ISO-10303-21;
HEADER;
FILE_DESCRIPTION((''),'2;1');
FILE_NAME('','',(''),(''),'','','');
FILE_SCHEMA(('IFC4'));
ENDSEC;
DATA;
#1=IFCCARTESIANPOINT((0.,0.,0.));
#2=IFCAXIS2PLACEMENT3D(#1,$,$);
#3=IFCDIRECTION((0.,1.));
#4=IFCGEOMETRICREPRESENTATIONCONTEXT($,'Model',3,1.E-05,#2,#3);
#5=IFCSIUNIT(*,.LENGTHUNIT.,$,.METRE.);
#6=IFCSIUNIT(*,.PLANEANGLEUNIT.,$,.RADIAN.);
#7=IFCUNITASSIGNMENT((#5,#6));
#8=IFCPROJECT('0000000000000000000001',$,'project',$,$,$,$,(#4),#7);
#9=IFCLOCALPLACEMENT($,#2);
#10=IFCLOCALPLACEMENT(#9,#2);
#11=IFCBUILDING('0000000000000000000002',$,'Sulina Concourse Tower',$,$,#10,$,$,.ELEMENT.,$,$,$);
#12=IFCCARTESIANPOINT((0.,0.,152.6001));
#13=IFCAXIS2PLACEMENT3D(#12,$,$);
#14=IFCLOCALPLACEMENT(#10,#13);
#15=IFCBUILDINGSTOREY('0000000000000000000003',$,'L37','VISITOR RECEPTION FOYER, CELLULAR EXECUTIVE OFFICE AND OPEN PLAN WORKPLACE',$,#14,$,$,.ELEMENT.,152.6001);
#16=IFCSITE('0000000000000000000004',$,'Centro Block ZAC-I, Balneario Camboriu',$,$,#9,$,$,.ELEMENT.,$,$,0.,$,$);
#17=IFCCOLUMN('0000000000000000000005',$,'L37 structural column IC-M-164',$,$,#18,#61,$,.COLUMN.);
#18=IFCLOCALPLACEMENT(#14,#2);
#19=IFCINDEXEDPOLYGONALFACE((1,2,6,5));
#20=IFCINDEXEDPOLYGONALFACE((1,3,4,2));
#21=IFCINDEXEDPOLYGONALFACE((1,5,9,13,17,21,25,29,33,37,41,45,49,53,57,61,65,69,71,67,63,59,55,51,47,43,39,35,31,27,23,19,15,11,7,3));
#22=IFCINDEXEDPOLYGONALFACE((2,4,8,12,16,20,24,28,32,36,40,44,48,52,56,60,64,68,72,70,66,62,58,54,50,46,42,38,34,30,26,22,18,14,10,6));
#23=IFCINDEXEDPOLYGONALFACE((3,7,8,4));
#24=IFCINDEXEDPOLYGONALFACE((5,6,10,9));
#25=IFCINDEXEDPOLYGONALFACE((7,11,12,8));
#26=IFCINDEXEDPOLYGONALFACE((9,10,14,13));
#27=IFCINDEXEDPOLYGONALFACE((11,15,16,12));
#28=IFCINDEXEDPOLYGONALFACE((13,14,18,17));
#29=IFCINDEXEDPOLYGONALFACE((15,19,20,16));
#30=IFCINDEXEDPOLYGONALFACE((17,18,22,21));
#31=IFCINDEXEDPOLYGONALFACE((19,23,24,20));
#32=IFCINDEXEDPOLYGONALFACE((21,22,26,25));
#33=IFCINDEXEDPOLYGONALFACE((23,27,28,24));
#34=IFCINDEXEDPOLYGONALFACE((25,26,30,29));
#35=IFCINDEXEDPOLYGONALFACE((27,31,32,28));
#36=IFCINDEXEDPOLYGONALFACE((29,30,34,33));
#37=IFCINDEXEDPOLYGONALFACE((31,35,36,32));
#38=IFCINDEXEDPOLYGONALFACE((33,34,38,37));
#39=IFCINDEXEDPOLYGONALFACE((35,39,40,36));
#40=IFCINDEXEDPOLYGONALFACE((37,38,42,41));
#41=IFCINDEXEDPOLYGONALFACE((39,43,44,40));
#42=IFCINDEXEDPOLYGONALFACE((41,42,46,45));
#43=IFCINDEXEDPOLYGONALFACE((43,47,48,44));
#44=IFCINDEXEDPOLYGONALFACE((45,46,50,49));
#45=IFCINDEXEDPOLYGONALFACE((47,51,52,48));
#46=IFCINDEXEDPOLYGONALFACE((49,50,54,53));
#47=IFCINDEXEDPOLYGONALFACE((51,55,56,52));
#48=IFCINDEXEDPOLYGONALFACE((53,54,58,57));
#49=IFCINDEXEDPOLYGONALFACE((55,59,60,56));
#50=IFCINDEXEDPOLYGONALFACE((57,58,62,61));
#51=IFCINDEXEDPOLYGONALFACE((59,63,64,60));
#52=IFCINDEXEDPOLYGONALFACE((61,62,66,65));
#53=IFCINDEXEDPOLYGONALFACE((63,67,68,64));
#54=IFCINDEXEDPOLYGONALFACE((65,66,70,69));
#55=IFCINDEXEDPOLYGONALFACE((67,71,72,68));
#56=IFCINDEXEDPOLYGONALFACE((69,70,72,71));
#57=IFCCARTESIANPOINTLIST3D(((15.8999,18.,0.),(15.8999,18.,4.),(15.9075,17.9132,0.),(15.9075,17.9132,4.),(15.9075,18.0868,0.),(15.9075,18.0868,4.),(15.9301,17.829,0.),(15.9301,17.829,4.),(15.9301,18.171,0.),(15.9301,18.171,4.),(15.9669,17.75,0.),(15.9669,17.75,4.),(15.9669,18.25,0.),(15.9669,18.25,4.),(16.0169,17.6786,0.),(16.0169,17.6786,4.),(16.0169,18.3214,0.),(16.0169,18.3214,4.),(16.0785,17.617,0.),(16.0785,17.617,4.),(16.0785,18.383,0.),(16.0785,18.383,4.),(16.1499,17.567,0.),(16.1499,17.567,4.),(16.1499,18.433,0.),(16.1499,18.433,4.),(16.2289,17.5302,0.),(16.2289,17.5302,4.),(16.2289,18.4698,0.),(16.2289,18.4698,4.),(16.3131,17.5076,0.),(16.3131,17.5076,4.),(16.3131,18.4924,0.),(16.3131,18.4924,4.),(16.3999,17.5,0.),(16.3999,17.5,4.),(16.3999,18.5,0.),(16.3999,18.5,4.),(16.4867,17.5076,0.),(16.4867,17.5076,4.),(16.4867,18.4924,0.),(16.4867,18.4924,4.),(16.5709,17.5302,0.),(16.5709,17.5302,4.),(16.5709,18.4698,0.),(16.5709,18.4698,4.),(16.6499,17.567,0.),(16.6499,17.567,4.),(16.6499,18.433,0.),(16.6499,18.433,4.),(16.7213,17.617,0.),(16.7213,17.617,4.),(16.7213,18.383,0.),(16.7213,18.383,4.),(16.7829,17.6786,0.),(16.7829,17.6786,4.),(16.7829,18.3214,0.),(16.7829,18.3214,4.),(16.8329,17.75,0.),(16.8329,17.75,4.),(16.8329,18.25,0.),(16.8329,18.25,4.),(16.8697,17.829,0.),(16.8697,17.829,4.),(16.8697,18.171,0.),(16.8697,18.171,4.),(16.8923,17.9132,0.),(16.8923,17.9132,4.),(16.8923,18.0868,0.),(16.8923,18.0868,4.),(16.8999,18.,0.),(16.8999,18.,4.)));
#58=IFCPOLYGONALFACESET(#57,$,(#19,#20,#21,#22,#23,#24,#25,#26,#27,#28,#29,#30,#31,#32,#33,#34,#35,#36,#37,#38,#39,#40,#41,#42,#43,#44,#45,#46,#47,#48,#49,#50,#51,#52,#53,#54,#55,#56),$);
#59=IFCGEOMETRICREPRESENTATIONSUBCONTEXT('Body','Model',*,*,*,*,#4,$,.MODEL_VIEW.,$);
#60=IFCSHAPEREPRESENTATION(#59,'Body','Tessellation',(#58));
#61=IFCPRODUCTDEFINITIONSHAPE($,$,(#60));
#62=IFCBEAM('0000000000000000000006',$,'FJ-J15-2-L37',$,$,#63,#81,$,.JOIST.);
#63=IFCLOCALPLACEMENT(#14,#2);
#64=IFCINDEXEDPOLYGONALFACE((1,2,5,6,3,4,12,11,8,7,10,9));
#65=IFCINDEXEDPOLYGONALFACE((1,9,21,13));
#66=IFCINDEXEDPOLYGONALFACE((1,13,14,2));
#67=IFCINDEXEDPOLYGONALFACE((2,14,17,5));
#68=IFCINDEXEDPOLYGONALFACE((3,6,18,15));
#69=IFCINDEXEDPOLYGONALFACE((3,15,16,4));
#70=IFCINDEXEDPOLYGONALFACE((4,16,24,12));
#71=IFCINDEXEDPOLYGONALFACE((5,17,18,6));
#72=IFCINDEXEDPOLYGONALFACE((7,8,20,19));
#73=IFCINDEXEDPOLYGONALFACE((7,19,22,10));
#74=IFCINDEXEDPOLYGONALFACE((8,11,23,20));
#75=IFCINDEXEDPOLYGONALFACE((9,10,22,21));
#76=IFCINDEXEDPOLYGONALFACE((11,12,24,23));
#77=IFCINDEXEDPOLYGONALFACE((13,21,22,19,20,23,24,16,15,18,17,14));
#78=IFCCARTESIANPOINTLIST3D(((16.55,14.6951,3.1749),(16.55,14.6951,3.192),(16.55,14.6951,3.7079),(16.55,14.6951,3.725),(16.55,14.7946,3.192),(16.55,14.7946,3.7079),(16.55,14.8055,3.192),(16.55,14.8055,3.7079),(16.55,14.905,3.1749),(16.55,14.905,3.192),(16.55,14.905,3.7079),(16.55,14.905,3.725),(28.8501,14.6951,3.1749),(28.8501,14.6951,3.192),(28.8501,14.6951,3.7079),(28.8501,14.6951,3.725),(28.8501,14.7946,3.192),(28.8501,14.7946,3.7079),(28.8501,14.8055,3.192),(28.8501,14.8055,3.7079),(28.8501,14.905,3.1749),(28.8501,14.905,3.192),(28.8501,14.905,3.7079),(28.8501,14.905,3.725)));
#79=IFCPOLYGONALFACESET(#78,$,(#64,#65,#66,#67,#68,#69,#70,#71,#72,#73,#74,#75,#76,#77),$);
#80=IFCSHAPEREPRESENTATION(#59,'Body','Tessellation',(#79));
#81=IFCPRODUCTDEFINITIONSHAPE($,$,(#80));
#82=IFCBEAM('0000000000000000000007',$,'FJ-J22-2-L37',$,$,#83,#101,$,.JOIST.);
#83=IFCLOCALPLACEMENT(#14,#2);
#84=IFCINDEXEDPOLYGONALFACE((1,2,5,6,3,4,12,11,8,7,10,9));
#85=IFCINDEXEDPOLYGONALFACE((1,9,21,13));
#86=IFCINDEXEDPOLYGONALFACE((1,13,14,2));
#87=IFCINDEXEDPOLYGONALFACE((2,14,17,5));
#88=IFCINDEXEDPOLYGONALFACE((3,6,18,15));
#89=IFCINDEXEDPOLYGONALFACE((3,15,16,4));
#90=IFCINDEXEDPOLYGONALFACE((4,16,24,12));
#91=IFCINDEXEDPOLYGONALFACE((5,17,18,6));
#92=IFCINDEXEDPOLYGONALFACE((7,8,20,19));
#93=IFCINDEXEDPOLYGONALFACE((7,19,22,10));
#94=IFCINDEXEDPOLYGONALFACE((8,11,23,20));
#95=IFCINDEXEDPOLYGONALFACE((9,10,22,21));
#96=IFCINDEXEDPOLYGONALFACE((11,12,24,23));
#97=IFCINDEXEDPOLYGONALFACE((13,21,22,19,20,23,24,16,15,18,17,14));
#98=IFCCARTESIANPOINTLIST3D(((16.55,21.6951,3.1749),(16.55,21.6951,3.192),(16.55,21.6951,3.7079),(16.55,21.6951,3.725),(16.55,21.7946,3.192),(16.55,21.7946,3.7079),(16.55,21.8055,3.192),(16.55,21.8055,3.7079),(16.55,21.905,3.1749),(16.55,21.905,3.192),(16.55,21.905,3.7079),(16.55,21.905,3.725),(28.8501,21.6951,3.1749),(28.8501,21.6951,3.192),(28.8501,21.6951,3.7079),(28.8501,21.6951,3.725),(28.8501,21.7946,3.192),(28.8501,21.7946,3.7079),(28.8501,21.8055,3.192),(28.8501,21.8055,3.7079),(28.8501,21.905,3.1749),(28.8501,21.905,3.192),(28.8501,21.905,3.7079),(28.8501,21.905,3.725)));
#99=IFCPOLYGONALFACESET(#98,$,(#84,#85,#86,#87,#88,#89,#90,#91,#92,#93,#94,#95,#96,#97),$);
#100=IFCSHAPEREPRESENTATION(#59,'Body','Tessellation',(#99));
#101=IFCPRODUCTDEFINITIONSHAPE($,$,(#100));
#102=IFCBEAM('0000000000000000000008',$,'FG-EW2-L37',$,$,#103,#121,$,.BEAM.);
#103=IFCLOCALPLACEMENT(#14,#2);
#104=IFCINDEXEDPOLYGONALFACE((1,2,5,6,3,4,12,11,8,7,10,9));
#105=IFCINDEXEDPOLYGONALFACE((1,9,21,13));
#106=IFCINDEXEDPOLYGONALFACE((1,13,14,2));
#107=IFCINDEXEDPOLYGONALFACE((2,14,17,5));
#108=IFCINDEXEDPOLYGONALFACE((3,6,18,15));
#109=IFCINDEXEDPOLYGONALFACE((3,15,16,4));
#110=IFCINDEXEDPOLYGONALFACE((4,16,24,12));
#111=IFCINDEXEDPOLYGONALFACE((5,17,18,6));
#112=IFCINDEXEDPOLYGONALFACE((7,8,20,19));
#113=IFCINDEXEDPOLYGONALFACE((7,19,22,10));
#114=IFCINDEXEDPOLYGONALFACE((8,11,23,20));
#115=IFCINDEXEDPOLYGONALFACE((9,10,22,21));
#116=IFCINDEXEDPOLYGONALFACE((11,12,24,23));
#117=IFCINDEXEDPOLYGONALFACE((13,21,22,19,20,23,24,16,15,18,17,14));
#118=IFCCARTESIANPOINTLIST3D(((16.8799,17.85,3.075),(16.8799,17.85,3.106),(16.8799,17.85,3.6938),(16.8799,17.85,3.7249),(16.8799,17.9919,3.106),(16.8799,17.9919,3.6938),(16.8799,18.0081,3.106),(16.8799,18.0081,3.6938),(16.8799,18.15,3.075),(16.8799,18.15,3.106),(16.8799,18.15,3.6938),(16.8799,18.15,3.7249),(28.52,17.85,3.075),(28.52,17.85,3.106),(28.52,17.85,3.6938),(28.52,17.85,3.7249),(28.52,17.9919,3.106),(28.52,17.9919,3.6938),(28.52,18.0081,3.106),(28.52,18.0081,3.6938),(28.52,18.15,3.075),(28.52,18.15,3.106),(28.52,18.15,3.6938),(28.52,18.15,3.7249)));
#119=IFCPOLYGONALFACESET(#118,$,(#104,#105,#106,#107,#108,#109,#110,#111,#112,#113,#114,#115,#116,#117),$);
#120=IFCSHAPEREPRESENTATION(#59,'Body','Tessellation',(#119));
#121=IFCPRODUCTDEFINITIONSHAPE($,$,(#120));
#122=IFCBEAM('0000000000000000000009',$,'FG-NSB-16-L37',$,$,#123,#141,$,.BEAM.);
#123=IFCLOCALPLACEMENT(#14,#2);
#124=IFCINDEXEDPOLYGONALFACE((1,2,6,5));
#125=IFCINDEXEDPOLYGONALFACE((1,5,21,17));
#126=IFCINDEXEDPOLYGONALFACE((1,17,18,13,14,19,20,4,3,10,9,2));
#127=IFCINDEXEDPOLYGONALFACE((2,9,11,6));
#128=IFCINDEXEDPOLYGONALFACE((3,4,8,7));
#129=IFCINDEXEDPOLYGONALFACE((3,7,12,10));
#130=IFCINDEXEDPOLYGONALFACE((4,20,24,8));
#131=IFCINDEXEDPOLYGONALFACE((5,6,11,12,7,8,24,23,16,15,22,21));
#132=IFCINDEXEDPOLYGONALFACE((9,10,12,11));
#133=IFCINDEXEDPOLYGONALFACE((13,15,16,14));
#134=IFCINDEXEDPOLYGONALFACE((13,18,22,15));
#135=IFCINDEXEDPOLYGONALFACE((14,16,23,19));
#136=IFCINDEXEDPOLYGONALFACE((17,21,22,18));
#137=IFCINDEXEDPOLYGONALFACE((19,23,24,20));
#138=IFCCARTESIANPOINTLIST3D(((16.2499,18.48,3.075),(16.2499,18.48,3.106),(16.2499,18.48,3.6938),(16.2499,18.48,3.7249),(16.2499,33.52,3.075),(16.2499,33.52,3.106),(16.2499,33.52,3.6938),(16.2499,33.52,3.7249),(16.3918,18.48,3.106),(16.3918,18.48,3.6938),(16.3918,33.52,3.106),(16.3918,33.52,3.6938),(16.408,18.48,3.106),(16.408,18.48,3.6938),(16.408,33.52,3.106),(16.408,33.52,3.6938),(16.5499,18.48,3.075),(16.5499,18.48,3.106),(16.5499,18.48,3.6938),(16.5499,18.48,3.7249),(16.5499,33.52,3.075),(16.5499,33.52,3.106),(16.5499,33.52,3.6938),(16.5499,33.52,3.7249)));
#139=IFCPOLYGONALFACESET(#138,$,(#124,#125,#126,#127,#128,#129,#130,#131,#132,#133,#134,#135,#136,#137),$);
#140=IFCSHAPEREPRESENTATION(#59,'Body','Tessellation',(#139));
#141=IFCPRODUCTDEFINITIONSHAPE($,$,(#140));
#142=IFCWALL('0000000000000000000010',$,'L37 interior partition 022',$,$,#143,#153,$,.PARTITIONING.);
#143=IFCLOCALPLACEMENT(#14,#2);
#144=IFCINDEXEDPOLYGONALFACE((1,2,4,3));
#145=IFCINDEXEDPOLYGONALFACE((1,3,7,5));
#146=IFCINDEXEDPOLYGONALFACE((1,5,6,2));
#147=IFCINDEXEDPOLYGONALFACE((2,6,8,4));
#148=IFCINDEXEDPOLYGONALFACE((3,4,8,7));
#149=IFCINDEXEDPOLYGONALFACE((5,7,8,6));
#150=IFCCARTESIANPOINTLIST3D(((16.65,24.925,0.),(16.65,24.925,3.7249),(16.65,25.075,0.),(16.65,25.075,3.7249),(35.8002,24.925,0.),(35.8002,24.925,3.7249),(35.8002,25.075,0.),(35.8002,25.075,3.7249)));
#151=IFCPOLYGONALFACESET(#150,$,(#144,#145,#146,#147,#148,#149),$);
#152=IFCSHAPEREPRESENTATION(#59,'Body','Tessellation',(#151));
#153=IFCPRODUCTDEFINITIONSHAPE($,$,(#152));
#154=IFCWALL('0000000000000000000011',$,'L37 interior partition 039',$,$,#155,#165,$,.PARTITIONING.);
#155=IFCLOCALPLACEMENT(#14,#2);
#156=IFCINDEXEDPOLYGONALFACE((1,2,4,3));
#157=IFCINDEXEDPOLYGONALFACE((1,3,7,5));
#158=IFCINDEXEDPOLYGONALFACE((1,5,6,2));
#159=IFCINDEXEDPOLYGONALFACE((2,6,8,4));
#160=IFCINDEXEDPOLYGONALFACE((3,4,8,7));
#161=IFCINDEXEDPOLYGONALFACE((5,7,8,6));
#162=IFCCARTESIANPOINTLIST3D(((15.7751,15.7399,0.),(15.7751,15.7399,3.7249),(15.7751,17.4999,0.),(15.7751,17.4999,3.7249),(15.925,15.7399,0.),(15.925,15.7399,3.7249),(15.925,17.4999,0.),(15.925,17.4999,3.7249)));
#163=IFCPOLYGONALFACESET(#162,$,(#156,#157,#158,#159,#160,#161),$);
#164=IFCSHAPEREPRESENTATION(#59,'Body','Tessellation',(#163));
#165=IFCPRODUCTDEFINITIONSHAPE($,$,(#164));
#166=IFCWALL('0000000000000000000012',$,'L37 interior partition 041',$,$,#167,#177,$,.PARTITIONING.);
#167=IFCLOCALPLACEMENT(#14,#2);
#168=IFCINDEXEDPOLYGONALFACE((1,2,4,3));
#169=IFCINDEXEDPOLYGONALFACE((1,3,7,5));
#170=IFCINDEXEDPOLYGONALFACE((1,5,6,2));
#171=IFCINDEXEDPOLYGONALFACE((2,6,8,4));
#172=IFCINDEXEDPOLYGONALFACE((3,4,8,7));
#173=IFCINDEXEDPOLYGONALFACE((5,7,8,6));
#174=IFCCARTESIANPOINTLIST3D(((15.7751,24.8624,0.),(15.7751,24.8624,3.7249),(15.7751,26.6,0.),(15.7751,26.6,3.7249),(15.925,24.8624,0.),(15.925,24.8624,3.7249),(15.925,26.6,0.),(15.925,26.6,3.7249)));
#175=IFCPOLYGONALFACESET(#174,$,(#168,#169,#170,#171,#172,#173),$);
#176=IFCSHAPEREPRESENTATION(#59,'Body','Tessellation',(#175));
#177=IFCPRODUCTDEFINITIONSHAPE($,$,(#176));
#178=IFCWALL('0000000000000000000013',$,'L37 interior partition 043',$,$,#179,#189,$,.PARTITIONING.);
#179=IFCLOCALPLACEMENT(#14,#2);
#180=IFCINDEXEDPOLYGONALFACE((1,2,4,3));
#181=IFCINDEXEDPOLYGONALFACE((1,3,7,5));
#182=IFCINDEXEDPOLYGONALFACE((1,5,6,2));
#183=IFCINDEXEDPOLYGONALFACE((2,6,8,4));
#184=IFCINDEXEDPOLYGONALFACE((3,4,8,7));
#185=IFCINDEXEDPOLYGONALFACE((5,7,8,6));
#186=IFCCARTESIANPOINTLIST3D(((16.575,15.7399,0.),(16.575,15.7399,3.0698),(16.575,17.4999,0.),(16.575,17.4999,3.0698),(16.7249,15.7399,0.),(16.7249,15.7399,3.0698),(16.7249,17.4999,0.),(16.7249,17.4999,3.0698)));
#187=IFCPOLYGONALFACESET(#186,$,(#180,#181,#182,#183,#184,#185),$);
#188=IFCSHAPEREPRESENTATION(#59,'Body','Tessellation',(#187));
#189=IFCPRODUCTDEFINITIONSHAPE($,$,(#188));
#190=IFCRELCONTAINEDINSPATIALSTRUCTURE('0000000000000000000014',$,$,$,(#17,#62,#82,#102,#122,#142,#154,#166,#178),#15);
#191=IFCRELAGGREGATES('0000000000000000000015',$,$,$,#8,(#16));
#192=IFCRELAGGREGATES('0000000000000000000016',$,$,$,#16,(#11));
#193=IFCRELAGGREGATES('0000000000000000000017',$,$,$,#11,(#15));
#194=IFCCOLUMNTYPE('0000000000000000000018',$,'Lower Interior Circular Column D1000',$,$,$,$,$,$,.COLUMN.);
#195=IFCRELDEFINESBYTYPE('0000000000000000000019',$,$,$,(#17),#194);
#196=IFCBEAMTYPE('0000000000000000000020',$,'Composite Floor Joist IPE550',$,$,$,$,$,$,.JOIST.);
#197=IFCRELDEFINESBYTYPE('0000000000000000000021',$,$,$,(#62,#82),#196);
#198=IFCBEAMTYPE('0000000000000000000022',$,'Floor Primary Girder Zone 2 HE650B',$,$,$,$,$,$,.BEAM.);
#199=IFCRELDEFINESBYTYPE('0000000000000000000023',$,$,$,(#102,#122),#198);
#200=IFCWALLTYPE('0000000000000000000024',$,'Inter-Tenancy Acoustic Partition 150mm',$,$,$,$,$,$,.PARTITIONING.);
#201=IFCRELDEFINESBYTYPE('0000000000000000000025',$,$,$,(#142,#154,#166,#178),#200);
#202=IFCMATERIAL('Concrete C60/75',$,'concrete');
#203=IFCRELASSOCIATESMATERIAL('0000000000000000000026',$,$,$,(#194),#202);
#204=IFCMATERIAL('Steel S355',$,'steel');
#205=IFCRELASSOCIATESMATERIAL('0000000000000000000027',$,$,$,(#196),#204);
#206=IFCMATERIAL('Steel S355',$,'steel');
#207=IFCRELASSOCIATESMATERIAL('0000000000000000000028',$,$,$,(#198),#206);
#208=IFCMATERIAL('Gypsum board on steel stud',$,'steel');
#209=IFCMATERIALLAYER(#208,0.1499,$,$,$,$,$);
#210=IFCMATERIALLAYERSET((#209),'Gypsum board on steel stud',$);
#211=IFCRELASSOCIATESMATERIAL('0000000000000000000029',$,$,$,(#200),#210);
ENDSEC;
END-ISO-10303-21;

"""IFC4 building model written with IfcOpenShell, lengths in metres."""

from ifc_helpers import new_model, si_unit, direction, frame, frame_2d, origin, origin_2d, place, context, subcontext, project, spatial, rectangle, circle, i_section, extrude, material, layer, layer_set, material_profile, profile_set, type_object, element, save


model = new_model("IFC4")

# Units and contexts
model_context = context("Model", 3, precision=1e-05, world=origin(), true_north=direction((0.0, 1.0)))
body_context = subcontext(model_context, "Body", "Model", "MODEL_VIEW")
ifc_project = project(units=[si_unit("LENGTHUNIT", "METRE"), si_unit("PLANEANGLEUNIT", "RADIAN")], contexts=[model_context])

# Site, building, storey
site_placement = place(None, origin())
site = spatial("IfcSite", under=ifc_project, at=site_placement, Name="Centro Block ZAC-I, Balneario Camboriu", CompositionType="ELEMENT", RefElevation=0.0)
building_placement = place(site_placement, origin())
building = spatial("IfcBuilding", under=site, at=building_placement, Name="Sulina Concourse Tower", CompositionType="ELEMENT")
storey_placement = place(building_placement, frame((0.0, 0.0, 152.6001)))
storey = spatial("IfcBuildingStorey", under=building, at=storey_placement, Name="L37", Description="VISITOR RECEPTION FOYER, CELLULAR EXECUTIVE OFFICE AND OPEN PLAN WORKPLACE", CompositionType="ELEMENT", Elevation=152.6001)

# Column
ifc_material_1 = material(Name="Concrete C60/75", Category="concrete")
ifc_material_profile_1 = material_profile(ifc_material_1, circle(Radius=0.5, at=origin_2d()), Name="RC D1000")
ifc_profile_set_1 = profile_set([ifc_material_profile_1], Name="Concrete C60/75")
column_type = type_object("IfcColumnType", Name="Lower Interior Circular Column D1000", PredefinedType="COLUMN", material=ifc_profile_set_1)
column_placement = place(storey_placement, frame((16.3999, 18.0, 0.0), z_axis=(0.0, 0.0, 1.0), x_axis=(1.0, 0.0, 0.0)))
element("IfcColumn", 1, at=column_placement, inside=storey, type_object=column_type, Name="L37 structural column IC-M-164", PredefinedType="COLUMN", context=body_context, shape_type="SweptSolid", body=[
    extrude(circle(Radius=0.5, at=origin_2d()), origin(), (0.0, 0.0, 1.0), 4.0),
])

# Beams
ifc_material_2 = material(Name="Steel S355", Category="steel")
ifc_material_profile_2 = material_profile(ifc_material_2, i_section(OverallWidth=0.21, OverallDepth=0.55, WebThickness=0.011, FlangeThickness=0.0171, at=origin_2d()), Name="IPE 550")
ifc_profile_set_2 = profile_set([ifc_material_profile_2], Name="Steel S355")
beam_type_1 = type_object("IfcBeamType", Name="Composite Floor Joist IPE550", PredefinedType="JOIST", material=ifc_profile_set_2)
for number, where, z_axis, x_axis, name in (
    (2, (16.55, 14.8, 3.45), (1.0, 0.0, 0.0), (0.0, 1.0, 0.0), "FJ-J15-2-L37"),
    (3, (16.55, 21.8, 3.45), (1.0, 0.0, 0.0), (0.0, 1.0, 0.0), "FJ-J22-2-L37"),
):
    element("IfcBeam", number, at=place(storey_placement, frame(where, z_axis=z_axis, x_axis=x_axis)), inside=storey, type_object=beam_type_1, Name=name, PredefinedType="JOIST", context=body_context, shape_type="SweptSolid", body=[
        extrude(i_section(OverallWidth=0.21, OverallDepth=0.55, WebThickness=0.011, FlangeThickness=0.0171, at=origin_2d()), origin(), (0.0, 0.0, 1.0), 12.3),
    ])
ifc_material_3 = material(Name="Steel S355", Category="steel")
ifc_material_profile_3 = material_profile(ifc_material_3, i_section(OverallWidth=0.3, OverallDepth=0.6499, WebThickness=0.0161, FlangeThickness=0.031, at=origin_2d()), Name="HE 650 B")
ifc_profile_set_3 = profile_set([ifc_material_profile_3], Name="Steel S355")
beam_type_2 = type_object("IfcBeamType", Name="Floor Primary Girder Zone 2 HE650B", PredefinedType="BEAM", material=ifc_profile_set_3)
beam_1_placement = place(storey_placement, frame((16.8799, 18.0, 3.3999), z_axis=(1.0, 0.0, 0.0), x_axis=(0.0, 1.0, 0.0)))
element("IfcBeam", 4, at=beam_1_placement, inside=storey, type_object=beam_type_2, Name="FG-EW2-L37", PredefinedType="BEAM", context=body_context, shape_type="SweptSolid", body=[
    extrude(i_section(OverallWidth=0.3, OverallDepth=0.6499, WebThickness=0.0161, FlangeThickness=0.031, at=origin_2d()), origin(), (0.0, 0.0, 1.0), 11.6401),
])
beam_2_placement = place(storey_placement, frame((16.3999, 18.48, 3.3999), z_axis=(0.0, 1.0, 0.0), x_axis=(-1.0, 0.0, 0.0)))
element("IfcBeam", 5, at=beam_2_placement, inside=storey, type_object=beam_type_2, Name="FG-NSB-16-L37", PredefinedType="BEAM", context=body_context, shape_type="SweptSolid", body=[
    extrude(i_section(OverallWidth=0.3, OverallDepth=0.6499, WebThickness=0.0161, FlangeThickness=0.031, at=origin_2d()), origin(), (0.0, 0.0, 1.0), 15.04),
])

# Walls
ifc_material_4 = material(Name="Gypsum board on steel stud", Category="steel")
ifc_layer_1 = layer(ifc_material_4, 0.1499)
ifc_layer_set_1 = layer_set([ifc_layer_1], Name="Gypsum board on steel stud")
wall_type_1 = type_object("IfcWallType", Name="Inter-Tenancy Acoustic Partition 150mm", PredefinedType="PARTITIONING", material=ifc_layer_set_1)
wall_1_placement = place(storey_placement, frame((16.6499, 25.0, 0.0), z_axis=(0.0, 0.0, 1.0), x_axis=(1.0, 0.0, 0.0)))
element("IfcWall", 6, at=wall_1_placement, inside=storey, type_object=wall_type_1, Name="L37 interior partition 022", PredefinedType="PARTITIONING", context=body_context, shape_type="SweptSolid", body=[
    extrude(rectangle(XDim=19.1501, YDim=0.1499, at=frame_2d((9.5752, 0.0))), origin(), (0.0, 0.0, 1.0), 3.7249),
])
wall_2_placement = place(storey_placement, frame((15.8501, 15.74, 0.0), z_axis=(0.0, 0.0, 1.0), x_axis=(0.0, 1.0, 0.0)))
element("IfcWall", 7, at=wall_2_placement, inside=storey, type_object=wall_type_1, Name="L37 interior partition 039", PredefinedType="PARTITIONING", context=body_context, shape_type="SweptSolid", body=[
    extrude(rectangle(XDim=1.76, YDim=0.1499, at=frame_2d((0.8799, 0.0))), origin(), (0.0, 0.0, 1.0), 3.7249),
])
wall_3_placement = place(storey_placement, frame((15.8501, 24.8625, 0.0), z_axis=(0.0, 0.0, 1.0), x_axis=(0.0, 1.0, 0.0)))
element("IfcWall", 8, at=wall_3_placement, inside=storey, type_object=wall_type_1, Name="L37 interior partition 041", PredefinedType="PARTITIONING", context=body_context, shape_type="SweptSolid", body=[
    extrude(rectangle(XDim=1.7375, YDim=0.1499, at=frame_2d((0.8687, 0.0))), origin(), (0.0, 0.0, 1.0), 3.7249),
])
wall_4_placement = place(storey_placement, frame((16.6499, 15.74, 0.0), z_axis=(0.0, 0.0, 1.0), x_axis=(0.0, 1.0, 0.0)))
element("IfcWall", 9, at=wall_4_placement, inside=storey, type_object=wall_type_1, Name="L37 interior partition 043", PredefinedType="PARTITIONING", context=body_context, shape_type="SweptSolid", body=[
    extrude(rectangle(XDim=1.76, YDim=0.1499, at=frame_2d((0.8799, 0.0))), origin(), (0.0, 0.0, 1.0), 3.0698),
])

save(model, "model.ifc")
